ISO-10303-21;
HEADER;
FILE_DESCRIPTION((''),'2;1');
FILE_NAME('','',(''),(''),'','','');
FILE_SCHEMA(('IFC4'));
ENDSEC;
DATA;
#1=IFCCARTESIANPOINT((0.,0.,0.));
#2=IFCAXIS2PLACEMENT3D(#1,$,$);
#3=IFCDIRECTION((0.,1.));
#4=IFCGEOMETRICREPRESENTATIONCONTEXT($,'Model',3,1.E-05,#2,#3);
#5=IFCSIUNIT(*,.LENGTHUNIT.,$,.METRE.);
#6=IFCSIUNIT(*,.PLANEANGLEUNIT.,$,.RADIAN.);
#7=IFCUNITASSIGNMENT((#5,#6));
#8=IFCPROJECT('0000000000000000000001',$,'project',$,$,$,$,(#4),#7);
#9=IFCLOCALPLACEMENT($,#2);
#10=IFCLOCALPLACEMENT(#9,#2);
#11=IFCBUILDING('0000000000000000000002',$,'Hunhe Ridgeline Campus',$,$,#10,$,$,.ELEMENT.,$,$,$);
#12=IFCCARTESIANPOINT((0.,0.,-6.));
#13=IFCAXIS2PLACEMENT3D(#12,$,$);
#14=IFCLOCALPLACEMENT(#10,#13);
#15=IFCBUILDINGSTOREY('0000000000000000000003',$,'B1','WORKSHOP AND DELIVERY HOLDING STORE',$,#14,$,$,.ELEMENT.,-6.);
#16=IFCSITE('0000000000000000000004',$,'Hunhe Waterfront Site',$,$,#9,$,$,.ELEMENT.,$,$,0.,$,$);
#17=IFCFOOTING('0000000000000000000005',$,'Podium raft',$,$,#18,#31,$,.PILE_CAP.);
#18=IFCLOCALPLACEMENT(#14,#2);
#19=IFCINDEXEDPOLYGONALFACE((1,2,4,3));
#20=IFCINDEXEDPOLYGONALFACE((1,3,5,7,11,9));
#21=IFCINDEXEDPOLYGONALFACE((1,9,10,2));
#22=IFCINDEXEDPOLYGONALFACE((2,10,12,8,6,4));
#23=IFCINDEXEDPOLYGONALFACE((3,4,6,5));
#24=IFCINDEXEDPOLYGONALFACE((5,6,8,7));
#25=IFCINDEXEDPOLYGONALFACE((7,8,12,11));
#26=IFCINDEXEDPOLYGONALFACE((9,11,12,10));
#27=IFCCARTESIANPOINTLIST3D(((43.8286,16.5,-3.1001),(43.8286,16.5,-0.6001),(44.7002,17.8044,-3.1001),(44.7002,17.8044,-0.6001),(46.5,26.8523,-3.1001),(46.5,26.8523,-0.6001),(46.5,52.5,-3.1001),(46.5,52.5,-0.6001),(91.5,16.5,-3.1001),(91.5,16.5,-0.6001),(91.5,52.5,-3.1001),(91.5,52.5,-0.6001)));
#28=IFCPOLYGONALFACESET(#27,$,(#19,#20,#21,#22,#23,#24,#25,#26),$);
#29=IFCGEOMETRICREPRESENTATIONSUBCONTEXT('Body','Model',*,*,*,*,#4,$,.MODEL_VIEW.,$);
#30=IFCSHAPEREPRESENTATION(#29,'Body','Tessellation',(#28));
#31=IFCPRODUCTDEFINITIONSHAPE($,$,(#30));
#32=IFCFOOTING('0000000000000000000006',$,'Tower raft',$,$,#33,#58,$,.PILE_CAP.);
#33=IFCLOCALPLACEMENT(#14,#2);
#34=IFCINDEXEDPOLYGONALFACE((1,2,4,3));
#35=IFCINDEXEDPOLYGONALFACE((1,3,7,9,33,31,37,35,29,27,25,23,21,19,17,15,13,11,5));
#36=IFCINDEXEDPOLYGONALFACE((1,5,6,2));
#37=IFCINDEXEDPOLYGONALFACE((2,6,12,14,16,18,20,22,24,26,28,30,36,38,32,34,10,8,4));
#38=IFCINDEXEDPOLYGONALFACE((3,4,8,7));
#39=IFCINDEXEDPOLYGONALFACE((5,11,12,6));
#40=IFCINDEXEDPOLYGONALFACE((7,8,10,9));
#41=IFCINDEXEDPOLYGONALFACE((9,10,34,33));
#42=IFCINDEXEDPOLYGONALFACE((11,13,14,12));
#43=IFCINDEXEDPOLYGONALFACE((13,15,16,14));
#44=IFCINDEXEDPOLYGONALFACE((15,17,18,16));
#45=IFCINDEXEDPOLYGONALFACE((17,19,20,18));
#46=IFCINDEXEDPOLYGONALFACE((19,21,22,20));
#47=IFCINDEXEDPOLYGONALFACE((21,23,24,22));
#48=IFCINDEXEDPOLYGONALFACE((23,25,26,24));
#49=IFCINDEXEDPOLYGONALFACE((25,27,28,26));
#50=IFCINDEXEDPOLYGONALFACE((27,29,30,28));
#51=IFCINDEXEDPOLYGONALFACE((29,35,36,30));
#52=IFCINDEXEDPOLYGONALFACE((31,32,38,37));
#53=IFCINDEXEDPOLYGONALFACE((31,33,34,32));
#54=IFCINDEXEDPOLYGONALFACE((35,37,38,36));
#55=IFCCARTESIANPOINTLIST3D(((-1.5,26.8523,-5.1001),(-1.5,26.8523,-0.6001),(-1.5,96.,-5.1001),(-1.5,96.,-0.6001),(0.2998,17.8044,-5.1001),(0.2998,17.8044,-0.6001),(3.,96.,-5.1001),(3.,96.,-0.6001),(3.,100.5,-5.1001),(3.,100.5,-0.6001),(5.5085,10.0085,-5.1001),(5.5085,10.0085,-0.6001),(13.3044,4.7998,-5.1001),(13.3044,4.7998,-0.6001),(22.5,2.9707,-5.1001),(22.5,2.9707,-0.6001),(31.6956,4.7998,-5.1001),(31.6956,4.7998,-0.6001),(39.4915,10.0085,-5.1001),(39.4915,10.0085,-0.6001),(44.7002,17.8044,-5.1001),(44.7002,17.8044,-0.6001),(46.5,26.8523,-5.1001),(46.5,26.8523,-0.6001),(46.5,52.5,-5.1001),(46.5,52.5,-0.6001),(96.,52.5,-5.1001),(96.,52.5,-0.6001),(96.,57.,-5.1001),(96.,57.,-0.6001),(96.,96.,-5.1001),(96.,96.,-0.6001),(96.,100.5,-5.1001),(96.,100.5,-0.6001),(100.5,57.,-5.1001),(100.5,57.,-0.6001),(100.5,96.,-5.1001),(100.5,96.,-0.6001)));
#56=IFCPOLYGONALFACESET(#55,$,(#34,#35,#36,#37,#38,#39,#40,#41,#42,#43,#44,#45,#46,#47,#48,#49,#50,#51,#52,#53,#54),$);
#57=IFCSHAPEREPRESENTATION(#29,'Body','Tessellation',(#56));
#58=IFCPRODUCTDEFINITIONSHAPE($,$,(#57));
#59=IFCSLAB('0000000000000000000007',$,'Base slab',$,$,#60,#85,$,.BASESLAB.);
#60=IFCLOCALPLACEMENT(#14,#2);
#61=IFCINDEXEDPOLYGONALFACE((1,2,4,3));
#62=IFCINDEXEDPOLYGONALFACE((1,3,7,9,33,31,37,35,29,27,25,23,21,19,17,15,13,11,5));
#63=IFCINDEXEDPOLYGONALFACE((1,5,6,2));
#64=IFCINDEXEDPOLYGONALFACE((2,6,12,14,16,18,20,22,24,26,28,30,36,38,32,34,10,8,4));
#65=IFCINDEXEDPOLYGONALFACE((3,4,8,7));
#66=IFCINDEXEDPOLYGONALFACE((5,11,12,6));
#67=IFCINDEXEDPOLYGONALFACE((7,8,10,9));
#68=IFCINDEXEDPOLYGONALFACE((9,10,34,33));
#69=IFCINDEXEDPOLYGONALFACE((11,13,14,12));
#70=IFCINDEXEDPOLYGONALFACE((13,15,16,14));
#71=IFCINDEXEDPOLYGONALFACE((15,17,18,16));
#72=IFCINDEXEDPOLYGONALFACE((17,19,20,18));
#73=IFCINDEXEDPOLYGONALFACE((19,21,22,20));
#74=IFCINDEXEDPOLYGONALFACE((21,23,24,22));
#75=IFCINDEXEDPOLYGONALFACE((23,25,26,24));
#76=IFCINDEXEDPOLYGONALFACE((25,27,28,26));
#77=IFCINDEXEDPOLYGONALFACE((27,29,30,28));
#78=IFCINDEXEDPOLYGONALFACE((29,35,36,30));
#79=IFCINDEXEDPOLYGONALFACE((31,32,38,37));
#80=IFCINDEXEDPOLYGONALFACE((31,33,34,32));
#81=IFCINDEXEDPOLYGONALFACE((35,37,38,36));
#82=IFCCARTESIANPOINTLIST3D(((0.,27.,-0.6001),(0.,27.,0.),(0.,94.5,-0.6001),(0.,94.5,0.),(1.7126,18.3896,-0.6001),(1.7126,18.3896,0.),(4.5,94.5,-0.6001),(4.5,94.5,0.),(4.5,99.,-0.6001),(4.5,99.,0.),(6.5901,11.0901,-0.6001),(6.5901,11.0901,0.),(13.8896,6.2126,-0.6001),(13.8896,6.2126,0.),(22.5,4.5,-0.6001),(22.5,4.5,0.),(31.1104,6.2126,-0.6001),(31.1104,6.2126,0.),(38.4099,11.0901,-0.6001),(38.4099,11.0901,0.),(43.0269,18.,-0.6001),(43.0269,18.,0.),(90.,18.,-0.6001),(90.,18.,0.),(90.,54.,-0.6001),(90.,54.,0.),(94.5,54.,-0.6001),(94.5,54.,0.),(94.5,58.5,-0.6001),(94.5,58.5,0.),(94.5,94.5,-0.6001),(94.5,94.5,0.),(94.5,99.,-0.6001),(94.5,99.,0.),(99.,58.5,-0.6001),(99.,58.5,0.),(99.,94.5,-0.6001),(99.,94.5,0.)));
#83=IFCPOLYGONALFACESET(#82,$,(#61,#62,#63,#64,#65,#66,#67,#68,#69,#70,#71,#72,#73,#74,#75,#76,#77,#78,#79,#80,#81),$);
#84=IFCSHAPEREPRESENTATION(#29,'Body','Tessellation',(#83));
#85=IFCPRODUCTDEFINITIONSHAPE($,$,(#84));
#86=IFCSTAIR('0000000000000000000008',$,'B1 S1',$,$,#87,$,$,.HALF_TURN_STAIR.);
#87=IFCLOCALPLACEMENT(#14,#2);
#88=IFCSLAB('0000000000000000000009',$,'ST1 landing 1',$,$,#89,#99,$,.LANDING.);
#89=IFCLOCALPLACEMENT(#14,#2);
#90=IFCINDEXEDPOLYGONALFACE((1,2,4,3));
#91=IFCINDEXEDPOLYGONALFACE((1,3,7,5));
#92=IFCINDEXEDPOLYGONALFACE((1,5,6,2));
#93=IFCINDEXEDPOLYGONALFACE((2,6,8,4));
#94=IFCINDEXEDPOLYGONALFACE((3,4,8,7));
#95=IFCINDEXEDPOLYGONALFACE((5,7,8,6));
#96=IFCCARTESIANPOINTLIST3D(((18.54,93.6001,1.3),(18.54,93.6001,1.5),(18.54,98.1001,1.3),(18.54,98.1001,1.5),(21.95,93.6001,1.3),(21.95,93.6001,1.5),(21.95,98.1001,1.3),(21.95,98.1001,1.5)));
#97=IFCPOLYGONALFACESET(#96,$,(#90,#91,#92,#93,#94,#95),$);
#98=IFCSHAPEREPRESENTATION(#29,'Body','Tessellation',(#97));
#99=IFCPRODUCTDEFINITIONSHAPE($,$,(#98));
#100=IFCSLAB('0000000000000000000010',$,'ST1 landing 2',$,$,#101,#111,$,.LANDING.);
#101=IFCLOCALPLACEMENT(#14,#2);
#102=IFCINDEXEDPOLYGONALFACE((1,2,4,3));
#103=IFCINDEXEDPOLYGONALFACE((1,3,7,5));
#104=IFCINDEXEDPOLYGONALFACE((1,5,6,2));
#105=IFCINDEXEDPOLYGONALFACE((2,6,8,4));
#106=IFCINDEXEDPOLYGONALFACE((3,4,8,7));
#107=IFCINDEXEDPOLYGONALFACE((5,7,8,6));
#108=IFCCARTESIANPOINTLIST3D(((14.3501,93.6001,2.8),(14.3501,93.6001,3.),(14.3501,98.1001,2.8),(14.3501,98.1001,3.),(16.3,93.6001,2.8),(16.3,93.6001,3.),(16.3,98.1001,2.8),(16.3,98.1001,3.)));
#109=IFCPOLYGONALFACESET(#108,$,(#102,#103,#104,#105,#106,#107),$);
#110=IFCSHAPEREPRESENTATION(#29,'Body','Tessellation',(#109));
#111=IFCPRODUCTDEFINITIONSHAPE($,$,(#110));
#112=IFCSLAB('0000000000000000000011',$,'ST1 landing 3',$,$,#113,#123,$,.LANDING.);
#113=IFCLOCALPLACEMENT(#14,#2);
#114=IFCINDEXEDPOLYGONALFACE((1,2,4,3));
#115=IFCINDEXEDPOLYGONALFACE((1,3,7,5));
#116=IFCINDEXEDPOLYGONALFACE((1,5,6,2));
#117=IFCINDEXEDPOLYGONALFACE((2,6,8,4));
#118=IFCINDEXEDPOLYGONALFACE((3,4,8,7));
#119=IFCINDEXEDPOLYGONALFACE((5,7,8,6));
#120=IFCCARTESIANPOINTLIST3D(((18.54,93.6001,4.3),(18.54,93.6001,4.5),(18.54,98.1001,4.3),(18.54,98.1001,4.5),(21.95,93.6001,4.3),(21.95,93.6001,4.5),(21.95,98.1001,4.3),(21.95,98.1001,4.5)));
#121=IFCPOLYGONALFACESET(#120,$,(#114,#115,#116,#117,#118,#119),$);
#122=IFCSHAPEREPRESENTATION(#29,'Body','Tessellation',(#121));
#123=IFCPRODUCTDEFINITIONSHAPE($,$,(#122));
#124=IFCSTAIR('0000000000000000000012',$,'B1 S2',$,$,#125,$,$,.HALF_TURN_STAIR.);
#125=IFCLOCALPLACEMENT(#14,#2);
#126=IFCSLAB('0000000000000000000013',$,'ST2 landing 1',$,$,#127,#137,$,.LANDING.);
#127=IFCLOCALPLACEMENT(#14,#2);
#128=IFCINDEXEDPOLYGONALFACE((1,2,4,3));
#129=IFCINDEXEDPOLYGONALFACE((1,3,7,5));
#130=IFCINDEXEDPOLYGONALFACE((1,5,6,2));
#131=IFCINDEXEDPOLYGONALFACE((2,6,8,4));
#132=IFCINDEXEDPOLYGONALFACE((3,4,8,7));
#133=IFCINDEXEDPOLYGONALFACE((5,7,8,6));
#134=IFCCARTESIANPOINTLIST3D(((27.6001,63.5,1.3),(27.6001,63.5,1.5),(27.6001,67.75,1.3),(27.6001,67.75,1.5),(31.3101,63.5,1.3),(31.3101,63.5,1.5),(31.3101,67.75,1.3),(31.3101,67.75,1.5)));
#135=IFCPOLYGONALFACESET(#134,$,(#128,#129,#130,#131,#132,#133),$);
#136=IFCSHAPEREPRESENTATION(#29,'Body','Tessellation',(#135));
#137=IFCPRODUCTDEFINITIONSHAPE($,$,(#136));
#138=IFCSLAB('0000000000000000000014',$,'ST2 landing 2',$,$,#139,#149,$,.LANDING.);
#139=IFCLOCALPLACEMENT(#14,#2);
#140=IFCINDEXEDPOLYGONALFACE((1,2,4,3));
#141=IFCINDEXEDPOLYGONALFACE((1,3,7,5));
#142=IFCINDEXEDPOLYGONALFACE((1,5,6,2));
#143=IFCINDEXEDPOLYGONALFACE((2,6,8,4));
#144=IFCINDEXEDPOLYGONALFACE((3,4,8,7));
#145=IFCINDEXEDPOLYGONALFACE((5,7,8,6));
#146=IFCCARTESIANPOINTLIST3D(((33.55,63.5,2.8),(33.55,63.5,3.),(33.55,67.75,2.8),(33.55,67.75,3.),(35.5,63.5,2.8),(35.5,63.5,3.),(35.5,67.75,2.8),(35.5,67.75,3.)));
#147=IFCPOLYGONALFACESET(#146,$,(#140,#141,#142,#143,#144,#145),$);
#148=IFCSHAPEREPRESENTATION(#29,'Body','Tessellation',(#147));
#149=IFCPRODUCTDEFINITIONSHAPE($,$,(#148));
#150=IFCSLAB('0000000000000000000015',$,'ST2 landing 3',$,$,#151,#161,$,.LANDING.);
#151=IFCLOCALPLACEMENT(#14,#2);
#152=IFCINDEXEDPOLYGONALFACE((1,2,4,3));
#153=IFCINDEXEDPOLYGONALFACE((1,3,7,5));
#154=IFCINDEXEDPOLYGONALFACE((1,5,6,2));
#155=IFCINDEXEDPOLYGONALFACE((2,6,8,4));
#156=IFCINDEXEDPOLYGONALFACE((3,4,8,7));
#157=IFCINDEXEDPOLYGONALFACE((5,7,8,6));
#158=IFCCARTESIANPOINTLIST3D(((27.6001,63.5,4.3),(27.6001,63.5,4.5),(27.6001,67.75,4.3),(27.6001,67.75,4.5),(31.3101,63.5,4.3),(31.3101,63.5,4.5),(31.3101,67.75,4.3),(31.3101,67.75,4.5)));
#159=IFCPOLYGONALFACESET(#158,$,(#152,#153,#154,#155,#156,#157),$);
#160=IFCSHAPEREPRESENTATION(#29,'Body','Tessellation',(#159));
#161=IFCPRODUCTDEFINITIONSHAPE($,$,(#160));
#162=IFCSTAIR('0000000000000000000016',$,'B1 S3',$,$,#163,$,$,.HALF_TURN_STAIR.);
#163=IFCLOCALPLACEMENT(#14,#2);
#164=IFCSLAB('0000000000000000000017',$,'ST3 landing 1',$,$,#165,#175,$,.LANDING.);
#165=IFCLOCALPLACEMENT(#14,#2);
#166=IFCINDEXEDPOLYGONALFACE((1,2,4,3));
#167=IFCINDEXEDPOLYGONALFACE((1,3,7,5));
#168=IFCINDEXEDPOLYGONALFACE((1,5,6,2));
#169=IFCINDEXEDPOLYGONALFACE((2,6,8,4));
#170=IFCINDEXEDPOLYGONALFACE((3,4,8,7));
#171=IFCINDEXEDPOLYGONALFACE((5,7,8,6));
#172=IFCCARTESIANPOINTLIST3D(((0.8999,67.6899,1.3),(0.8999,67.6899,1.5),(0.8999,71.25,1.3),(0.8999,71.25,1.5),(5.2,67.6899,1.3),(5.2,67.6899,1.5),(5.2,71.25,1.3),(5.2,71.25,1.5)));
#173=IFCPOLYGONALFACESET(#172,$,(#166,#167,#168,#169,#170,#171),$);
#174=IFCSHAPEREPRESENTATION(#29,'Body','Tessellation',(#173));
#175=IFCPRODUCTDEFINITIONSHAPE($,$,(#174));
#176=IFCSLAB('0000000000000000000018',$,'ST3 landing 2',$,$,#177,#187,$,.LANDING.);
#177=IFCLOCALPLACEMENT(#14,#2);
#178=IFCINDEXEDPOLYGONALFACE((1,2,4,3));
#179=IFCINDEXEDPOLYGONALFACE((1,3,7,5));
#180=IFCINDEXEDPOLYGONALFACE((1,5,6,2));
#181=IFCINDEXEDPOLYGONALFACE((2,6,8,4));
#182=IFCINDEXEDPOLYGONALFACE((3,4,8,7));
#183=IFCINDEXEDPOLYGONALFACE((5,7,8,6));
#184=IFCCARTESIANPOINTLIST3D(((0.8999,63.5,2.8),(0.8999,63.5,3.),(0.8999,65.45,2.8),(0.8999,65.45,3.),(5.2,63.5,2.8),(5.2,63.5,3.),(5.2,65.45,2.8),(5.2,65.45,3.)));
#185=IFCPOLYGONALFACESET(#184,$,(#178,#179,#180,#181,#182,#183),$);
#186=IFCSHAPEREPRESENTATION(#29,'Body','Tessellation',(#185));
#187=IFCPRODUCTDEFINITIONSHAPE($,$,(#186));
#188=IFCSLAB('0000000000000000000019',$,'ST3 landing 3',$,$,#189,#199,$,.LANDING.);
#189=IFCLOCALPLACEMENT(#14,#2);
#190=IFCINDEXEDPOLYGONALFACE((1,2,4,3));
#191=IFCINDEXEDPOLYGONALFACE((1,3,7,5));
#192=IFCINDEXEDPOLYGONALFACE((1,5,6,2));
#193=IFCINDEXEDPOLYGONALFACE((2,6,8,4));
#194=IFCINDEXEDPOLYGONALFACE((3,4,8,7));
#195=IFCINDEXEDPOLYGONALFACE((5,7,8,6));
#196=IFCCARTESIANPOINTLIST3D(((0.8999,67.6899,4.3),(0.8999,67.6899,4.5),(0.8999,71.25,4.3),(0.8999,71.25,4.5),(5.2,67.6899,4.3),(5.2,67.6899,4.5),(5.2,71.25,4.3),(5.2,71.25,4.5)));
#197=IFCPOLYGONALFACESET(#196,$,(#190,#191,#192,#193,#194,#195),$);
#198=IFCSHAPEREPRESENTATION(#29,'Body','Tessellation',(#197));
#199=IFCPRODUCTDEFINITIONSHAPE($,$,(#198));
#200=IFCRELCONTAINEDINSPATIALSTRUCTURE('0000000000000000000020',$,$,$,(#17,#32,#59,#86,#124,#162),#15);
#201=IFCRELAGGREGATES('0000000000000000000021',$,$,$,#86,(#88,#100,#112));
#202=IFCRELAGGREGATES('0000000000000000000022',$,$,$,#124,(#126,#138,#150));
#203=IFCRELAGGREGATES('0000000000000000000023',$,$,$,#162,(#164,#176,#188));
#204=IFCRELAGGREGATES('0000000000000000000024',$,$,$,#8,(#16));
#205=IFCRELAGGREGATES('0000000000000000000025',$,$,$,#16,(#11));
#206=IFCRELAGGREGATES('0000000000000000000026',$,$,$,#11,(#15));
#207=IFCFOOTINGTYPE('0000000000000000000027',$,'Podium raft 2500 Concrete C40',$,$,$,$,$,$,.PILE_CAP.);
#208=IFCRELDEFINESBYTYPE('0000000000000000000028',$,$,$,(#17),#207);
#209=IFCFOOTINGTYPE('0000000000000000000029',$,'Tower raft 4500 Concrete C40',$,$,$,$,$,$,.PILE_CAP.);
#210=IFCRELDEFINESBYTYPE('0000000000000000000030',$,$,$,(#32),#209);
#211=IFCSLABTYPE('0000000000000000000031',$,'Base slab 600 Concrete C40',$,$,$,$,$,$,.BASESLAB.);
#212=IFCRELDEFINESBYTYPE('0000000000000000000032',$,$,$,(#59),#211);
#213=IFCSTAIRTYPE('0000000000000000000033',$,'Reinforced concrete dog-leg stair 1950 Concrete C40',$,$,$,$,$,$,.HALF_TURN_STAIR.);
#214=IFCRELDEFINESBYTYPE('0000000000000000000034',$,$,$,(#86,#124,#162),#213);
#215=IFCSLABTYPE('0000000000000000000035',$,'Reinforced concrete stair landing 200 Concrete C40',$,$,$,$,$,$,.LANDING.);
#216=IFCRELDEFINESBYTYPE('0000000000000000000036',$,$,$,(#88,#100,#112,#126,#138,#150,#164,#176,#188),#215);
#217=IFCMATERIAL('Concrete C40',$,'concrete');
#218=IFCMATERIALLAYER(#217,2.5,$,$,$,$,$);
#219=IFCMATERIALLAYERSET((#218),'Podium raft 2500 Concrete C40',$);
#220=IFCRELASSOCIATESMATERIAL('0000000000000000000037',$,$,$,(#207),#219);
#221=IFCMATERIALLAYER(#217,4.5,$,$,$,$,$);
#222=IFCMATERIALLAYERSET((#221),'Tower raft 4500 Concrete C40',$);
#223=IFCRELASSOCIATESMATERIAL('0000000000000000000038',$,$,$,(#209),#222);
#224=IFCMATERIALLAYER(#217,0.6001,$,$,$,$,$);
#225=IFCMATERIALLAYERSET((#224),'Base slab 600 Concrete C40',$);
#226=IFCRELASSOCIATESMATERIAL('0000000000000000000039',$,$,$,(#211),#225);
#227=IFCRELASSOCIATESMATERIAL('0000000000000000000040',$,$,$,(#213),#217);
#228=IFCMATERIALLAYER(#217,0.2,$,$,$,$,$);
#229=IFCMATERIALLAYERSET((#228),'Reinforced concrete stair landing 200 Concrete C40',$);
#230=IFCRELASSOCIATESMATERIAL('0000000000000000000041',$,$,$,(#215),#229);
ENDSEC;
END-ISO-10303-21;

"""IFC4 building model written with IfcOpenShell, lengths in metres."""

from ifc_helpers import new_model, si_unit, direction, frame, origin, place, context, subcontext, project, spatial, polyline, outline, extrude, material, layer, layer_set, type_object, element, aggregate, save


model = new_model("IFC4")

# Units and contexts
model_context = context("Model", 3, precision=1e-05, world=origin(), true_north=direction((0.0, 1.0)))
body_context = subcontext(model_context, "Body", "Model", "MODEL_VIEW")
ifc_project = project(units=[si_unit("LENGTHUNIT", "METRE"), si_unit("PLANEANGLEUNIT", "RADIAN")], contexts=[model_context])

# Site, building, storey
site_placement = place(None, origin())
site = spatial("IfcSite", under=ifc_project, at=site_placement, Name="Hunhe Waterfront Site", CompositionType="ELEMENT", RefElevation=0.0)
building_placement = place(site_placement, origin())
building = spatial("IfcBuilding", under=site, at=building_placement, Name="Hunhe Ridgeline Campus", CompositionType="ELEMENT")
storey_placement = place(building_placement, frame((0.0, 0.0, -6.0)))
storey = spatial("IfcBuildingStorey", under=building, at=storey_placement, Name="B1", Description="WORKSHOP AND DELIVERY HOLDING STORE", CompositionType="ELEMENT", Elevation=-6.0)

# Footings
ifc_material = material(Name="Concrete C40", Category="concrete")
ifc_layer_1 = layer(ifc_material, 2.5)
ifc_layer_set_1 = layer_set([ifc_layer_1], Name="Podium raft 2500 Concrete C40")
footing_type_1 = type_object("IfcFootingType", Name="Podium raft 2500 Concrete C40", PredefinedType="PILE_CAP", material=ifc_layer_set_1)
footing_1_placement = place(storey_placement, frame((0.0, 0.0, -3.1001)))
element("IfcFooting", 1, at=footing_1_placement, inside=storey, type_object=footing_type_1, Name="Podium raft", PredefinedType="PILE_CAP", context=body_context, shape_type="SweptSolid", body=[
    extrude(outline(polyline([(91.5, 16.5), (91.5, 52.5), (46.5, 52.5), (46.5, 26.8523), (44.7002, 17.8044), (39.4915, 10.0085), (43.8286, 16.5), (91.5, 16.5)])), origin(), (0.0, 0.0, 1.0), 2.5),
])
ifc_layer_2 = layer(ifc_material, 4.5)
ifc_layer_set_2 = layer_set([ifc_layer_2], Name="Tower raft 4500 Concrete C40")
footing_type_2 = type_object("IfcFootingType", Name="Tower raft 4500 Concrete C40", PredefinedType="PILE_CAP", material=ifc_layer_set_2)
footing_2_placement = place(storey_placement, frame((0.0, 0.0, -5.1001)))
element("IfcFooting", 2, at=footing_2_placement, inside=storey, type_object=footing_type_2, Name="Tower raft", PredefinedType="PILE_CAP", context=body_context, shape_type="SweptSolid", body=[
    extrude(outline(polyline([(-1.5, 26.8523), (0.2998, 17.8044), (5.5085, 10.0085), (13.3044, 4.7998), (22.5, 2.9707), (31.6956, 4.7998), (39.4915, 10.0085), (44.7002, 17.8044), (46.5, 26.8523), (46.5, 52.5), (96.0, 52.5), (96.0, 57.0), (100.5, 57.0), (100.5, 96.0), (96.0, 96.0), (96.0, 100.5), (3.0, 100.5), (3.0, 96.0), (-1.5, 96.0), (-1.5, 26.8523)])), origin(), (0.0, 0.0, 1.0), 4.5),
])

# Slab
ifc_layer_3 = layer(ifc_material, 0.6001)
ifc_layer_set_3 = layer_set([ifc_layer_3], Name="Base slab 600 Concrete C40")
slab_type_1 = type_object("IfcSlabType", Name="Base slab 600 Concrete C40", PredefinedType="BASESLAB", material=ifc_layer_set_3)
slab_1_placement = place(storey_placement, frame((0.0, 0.0, -0.6001)))
element("IfcSlab", 3, at=slab_1_placement, inside=storey, type_object=slab_type_1, Name="Base slab", PredefinedType="BASESLAB", context=body_context, shape_type="SweptSolid", body=[
    extrude(outline(polyline([(90.0, 54.0), (94.5, 54.0), (94.5, 58.5), (99.0, 58.5), (99.0, 94.5), (94.5, 94.5), (94.5, 99.0), (4.5, 99.0), (4.5, 94.5), (0.0, 94.5), (0.0, 27.0), (1.7126, 18.3896), (6.5901, 11.0901), (13.8896, 6.2126), (22.5, 4.5), (31.1104, 6.2126), (38.4099, 11.0901), (43.0269, 18.0), (90.0, 18.0), (90.0, 54.0)])), origin(), (0.0, 0.0, 1.0), 0.6001),
])

# Stairs, slabs
stair_type = type_object("IfcStairType", Name="Reinforced concrete dog-leg stair 1950 Concrete C40", PredefinedType="HALF_TURN_STAIR", material=ifc_material)
stair_1_placement = place(storey_placement, origin())
stair_1 = element("IfcStair", 4, at=stair_1_placement, inside=storey, type_object=stair_type, Name="B1 S1", PredefinedType="HALF_TURN_STAIR")
ifc_layer_4 = layer(ifc_material, 0.2)
ifc_layer_set_4 = layer_set([ifc_layer_4], Name="Reinforced concrete stair landing 200 Concrete C40")
slab_type_2 = type_object("IfcSlabType", Name="Reinforced concrete stair landing 200 Concrete C40", PredefinedType="LANDING", material=ifc_layer_set_4)
slab_2_placement = place(storey_placement, frame((0.0, 0.0, 1.3)))
slab_2 = element("IfcSlab", 5, at=slab_2_placement, type_object=slab_type_2, Name="ST1 landing 1", PredefinedType="LANDING", context=body_context, shape_type="SweptSolid", body=[
    extrude(outline(polyline([(18.54, 93.6001), (21.95, 93.6001), (21.95, 98.1001), (18.54, 98.1001), (18.54, 93.6001)])), origin(), (0.0, 0.0, 1.0), 0.2),
])
slab_3_placement = place(storey_placement, frame((0.0, 0.0, 2.8)))
slab_3 = element("IfcSlab", 6, at=slab_3_placement, type_object=slab_type_2, Name="ST1 landing 2", PredefinedType="LANDING", context=body_context, shape_type="SweptSolid", body=[
    extrude(outline(polyline([(14.3501, 93.6001), (16.3, 93.6001), (16.3, 98.1001), (14.3501, 98.1001), (14.3501, 93.6001)])), origin(), (0.0, 0.0, 1.0), 0.2),
])
slab_4_placement = place(storey_placement, frame((0.0, 0.0, 4.3)))
slab_4 = element("IfcSlab", 7, at=slab_4_placement, type_object=slab_type_2, Name="ST1 landing 3", PredefinedType="LANDING", context=body_context, shape_type="SweptSolid", body=[
    extrude(outline(polyline([(18.54, 93.6001), (21.95, 93.6001), (21.95, 98.1001), (18.54, 98.1001), (18.54, 93.6001)])), origin(), (0.0, 0.0, 1.0), 0.2),
])
aggregate(stair_1, [slab_2, slab_3, slab_4])
stair_2_placement = place(storey_placement, origin())
stair_2 = element("IfcStair", 8, at=stair_2_placement, inside=storey, type_object=stair_type, Name="B1 S2", PredefinedType="HALF_TURN_STAIR")
slab_5_placement = place(storey_placement, frame((0.0, 0.0, 1.3)))
slab_5 = element("IfcSlab", 9, at=slab_5_placement, type_object=slab_type_2, Name="ST2 landing 1", PredefinedType="LANDING", context=body_context, shape_type="SweptSolid", body=[
    extrude(outline(polyline([(31.3101, 67.75), (27.6001, 67.75), (27.6001, 63.5), (31.3101, 63.5), (31.3101, 67.75)])), origin(), (0.0, 0.0, 1.0), 0.2),
])
slab_6_placement = place(storey_placement, frame((0.0, 0.0, 2.8)))
slab_6 = element("IfcSlab", 10, at=slab_6_placement, type_object=slab_type_2, Name="ST2 landing 2", PredefinedType="LANDING", context=body_context, shape_type="SweptSolid", body=[
    extrude(outline(polyline([(35.5, 67.75), (33.55, 67.75), (33.55, 63.5), (35.5, 63.5), (35.5, 67.75)])), origin(), (0.0, 0.0, 1.0), 0.2),
])
slab_7_placement = place(storey_placement, frame((0.0, 0.0, 4.3)))
slab_7 = element("IfcSlab", 11, at=slab_7_placement, type_object=slab_type_2, Name="ST2 landing 3", PredefinedType="LANDING", context=body_context, shape_type="SweptSolid", body=[
    extrude(outline(polyline([(31.3101, 67.75), (27.6001, 67.75), (27.6001, 63.5), (31.3101, 63.5), (31.3101, 67.75)])), origin(), (0.0, 0.0, 1.0), 0.2),
])
aggregate(stair_2, [slab_5, slab_6, slab_7])
stair_3_placement = place(storey_placement, origin())
stair_3 = element("IfcStair", 12, at=stair_3_placement, inside=storey, type_object=stair_type, Name="B1 S3", PredefinedType="HALF_TURN_STAIR")
slab_8_placement = place(storey_placement, frame((0.0, 0.0, 1.3)))
slab_8 = element("IfcSlab", 13, at=slab_8_placement, type_object=slab_type_2, Name="ST3 landing 1", PredefinedType="LANDING", context=body_context, shape_type="SweptSolid", body=[
    extrude(outline(polyline([(5.2, 67.6899), (5.2, 71.25), (0.8999, 71.25), (0.8999, 67.6899), (5.2, 67.6899)])), origin(), (0.0, 0.0, 1.0), 0.2),
])
slab_9_placement = place(storey_placement, frame((0.0, 0.0, 2.8)))
slab_9 = element("IfcSlab", 14, at=slab_9_placement, type_object=slab_type_2, Name="ST3 landing 2", PredefinedType="LANDING", context=body_context, shape_type="SweptSolid", body=[
    extrude(outline(polyline([(5.2, 63.5), (5.2, 65.45), (0.8999, 65.45), (0.8999, 63.5), (5.2, 63.5)])), origin(), (0.0, 0.0, 1.0), 0.2),
])
slab_10_placement = place(storey_placement, frame((0.0, 0.0, 4.3)))
slab_10 = element("IfcSlab", 15, at=slab_10_placement, type_object=slab_type_2, Name="ST3 landing 3", PredefinedType="LANDING", context=body_context, shape_type="SweptSolid", body=[
    extrude(outline(polyline([(5.2, 67.6899), (5.2, 71.25), (0.8999, 71.25), (0.8999, 67.6899), (5.2, 67.6899)])), origin(), (0.0, 0.0, 1.0), 0.2),
])
aggregate(stair_3, [slab_8, slab_9, slab_10])

save(model, "model.ifc")
